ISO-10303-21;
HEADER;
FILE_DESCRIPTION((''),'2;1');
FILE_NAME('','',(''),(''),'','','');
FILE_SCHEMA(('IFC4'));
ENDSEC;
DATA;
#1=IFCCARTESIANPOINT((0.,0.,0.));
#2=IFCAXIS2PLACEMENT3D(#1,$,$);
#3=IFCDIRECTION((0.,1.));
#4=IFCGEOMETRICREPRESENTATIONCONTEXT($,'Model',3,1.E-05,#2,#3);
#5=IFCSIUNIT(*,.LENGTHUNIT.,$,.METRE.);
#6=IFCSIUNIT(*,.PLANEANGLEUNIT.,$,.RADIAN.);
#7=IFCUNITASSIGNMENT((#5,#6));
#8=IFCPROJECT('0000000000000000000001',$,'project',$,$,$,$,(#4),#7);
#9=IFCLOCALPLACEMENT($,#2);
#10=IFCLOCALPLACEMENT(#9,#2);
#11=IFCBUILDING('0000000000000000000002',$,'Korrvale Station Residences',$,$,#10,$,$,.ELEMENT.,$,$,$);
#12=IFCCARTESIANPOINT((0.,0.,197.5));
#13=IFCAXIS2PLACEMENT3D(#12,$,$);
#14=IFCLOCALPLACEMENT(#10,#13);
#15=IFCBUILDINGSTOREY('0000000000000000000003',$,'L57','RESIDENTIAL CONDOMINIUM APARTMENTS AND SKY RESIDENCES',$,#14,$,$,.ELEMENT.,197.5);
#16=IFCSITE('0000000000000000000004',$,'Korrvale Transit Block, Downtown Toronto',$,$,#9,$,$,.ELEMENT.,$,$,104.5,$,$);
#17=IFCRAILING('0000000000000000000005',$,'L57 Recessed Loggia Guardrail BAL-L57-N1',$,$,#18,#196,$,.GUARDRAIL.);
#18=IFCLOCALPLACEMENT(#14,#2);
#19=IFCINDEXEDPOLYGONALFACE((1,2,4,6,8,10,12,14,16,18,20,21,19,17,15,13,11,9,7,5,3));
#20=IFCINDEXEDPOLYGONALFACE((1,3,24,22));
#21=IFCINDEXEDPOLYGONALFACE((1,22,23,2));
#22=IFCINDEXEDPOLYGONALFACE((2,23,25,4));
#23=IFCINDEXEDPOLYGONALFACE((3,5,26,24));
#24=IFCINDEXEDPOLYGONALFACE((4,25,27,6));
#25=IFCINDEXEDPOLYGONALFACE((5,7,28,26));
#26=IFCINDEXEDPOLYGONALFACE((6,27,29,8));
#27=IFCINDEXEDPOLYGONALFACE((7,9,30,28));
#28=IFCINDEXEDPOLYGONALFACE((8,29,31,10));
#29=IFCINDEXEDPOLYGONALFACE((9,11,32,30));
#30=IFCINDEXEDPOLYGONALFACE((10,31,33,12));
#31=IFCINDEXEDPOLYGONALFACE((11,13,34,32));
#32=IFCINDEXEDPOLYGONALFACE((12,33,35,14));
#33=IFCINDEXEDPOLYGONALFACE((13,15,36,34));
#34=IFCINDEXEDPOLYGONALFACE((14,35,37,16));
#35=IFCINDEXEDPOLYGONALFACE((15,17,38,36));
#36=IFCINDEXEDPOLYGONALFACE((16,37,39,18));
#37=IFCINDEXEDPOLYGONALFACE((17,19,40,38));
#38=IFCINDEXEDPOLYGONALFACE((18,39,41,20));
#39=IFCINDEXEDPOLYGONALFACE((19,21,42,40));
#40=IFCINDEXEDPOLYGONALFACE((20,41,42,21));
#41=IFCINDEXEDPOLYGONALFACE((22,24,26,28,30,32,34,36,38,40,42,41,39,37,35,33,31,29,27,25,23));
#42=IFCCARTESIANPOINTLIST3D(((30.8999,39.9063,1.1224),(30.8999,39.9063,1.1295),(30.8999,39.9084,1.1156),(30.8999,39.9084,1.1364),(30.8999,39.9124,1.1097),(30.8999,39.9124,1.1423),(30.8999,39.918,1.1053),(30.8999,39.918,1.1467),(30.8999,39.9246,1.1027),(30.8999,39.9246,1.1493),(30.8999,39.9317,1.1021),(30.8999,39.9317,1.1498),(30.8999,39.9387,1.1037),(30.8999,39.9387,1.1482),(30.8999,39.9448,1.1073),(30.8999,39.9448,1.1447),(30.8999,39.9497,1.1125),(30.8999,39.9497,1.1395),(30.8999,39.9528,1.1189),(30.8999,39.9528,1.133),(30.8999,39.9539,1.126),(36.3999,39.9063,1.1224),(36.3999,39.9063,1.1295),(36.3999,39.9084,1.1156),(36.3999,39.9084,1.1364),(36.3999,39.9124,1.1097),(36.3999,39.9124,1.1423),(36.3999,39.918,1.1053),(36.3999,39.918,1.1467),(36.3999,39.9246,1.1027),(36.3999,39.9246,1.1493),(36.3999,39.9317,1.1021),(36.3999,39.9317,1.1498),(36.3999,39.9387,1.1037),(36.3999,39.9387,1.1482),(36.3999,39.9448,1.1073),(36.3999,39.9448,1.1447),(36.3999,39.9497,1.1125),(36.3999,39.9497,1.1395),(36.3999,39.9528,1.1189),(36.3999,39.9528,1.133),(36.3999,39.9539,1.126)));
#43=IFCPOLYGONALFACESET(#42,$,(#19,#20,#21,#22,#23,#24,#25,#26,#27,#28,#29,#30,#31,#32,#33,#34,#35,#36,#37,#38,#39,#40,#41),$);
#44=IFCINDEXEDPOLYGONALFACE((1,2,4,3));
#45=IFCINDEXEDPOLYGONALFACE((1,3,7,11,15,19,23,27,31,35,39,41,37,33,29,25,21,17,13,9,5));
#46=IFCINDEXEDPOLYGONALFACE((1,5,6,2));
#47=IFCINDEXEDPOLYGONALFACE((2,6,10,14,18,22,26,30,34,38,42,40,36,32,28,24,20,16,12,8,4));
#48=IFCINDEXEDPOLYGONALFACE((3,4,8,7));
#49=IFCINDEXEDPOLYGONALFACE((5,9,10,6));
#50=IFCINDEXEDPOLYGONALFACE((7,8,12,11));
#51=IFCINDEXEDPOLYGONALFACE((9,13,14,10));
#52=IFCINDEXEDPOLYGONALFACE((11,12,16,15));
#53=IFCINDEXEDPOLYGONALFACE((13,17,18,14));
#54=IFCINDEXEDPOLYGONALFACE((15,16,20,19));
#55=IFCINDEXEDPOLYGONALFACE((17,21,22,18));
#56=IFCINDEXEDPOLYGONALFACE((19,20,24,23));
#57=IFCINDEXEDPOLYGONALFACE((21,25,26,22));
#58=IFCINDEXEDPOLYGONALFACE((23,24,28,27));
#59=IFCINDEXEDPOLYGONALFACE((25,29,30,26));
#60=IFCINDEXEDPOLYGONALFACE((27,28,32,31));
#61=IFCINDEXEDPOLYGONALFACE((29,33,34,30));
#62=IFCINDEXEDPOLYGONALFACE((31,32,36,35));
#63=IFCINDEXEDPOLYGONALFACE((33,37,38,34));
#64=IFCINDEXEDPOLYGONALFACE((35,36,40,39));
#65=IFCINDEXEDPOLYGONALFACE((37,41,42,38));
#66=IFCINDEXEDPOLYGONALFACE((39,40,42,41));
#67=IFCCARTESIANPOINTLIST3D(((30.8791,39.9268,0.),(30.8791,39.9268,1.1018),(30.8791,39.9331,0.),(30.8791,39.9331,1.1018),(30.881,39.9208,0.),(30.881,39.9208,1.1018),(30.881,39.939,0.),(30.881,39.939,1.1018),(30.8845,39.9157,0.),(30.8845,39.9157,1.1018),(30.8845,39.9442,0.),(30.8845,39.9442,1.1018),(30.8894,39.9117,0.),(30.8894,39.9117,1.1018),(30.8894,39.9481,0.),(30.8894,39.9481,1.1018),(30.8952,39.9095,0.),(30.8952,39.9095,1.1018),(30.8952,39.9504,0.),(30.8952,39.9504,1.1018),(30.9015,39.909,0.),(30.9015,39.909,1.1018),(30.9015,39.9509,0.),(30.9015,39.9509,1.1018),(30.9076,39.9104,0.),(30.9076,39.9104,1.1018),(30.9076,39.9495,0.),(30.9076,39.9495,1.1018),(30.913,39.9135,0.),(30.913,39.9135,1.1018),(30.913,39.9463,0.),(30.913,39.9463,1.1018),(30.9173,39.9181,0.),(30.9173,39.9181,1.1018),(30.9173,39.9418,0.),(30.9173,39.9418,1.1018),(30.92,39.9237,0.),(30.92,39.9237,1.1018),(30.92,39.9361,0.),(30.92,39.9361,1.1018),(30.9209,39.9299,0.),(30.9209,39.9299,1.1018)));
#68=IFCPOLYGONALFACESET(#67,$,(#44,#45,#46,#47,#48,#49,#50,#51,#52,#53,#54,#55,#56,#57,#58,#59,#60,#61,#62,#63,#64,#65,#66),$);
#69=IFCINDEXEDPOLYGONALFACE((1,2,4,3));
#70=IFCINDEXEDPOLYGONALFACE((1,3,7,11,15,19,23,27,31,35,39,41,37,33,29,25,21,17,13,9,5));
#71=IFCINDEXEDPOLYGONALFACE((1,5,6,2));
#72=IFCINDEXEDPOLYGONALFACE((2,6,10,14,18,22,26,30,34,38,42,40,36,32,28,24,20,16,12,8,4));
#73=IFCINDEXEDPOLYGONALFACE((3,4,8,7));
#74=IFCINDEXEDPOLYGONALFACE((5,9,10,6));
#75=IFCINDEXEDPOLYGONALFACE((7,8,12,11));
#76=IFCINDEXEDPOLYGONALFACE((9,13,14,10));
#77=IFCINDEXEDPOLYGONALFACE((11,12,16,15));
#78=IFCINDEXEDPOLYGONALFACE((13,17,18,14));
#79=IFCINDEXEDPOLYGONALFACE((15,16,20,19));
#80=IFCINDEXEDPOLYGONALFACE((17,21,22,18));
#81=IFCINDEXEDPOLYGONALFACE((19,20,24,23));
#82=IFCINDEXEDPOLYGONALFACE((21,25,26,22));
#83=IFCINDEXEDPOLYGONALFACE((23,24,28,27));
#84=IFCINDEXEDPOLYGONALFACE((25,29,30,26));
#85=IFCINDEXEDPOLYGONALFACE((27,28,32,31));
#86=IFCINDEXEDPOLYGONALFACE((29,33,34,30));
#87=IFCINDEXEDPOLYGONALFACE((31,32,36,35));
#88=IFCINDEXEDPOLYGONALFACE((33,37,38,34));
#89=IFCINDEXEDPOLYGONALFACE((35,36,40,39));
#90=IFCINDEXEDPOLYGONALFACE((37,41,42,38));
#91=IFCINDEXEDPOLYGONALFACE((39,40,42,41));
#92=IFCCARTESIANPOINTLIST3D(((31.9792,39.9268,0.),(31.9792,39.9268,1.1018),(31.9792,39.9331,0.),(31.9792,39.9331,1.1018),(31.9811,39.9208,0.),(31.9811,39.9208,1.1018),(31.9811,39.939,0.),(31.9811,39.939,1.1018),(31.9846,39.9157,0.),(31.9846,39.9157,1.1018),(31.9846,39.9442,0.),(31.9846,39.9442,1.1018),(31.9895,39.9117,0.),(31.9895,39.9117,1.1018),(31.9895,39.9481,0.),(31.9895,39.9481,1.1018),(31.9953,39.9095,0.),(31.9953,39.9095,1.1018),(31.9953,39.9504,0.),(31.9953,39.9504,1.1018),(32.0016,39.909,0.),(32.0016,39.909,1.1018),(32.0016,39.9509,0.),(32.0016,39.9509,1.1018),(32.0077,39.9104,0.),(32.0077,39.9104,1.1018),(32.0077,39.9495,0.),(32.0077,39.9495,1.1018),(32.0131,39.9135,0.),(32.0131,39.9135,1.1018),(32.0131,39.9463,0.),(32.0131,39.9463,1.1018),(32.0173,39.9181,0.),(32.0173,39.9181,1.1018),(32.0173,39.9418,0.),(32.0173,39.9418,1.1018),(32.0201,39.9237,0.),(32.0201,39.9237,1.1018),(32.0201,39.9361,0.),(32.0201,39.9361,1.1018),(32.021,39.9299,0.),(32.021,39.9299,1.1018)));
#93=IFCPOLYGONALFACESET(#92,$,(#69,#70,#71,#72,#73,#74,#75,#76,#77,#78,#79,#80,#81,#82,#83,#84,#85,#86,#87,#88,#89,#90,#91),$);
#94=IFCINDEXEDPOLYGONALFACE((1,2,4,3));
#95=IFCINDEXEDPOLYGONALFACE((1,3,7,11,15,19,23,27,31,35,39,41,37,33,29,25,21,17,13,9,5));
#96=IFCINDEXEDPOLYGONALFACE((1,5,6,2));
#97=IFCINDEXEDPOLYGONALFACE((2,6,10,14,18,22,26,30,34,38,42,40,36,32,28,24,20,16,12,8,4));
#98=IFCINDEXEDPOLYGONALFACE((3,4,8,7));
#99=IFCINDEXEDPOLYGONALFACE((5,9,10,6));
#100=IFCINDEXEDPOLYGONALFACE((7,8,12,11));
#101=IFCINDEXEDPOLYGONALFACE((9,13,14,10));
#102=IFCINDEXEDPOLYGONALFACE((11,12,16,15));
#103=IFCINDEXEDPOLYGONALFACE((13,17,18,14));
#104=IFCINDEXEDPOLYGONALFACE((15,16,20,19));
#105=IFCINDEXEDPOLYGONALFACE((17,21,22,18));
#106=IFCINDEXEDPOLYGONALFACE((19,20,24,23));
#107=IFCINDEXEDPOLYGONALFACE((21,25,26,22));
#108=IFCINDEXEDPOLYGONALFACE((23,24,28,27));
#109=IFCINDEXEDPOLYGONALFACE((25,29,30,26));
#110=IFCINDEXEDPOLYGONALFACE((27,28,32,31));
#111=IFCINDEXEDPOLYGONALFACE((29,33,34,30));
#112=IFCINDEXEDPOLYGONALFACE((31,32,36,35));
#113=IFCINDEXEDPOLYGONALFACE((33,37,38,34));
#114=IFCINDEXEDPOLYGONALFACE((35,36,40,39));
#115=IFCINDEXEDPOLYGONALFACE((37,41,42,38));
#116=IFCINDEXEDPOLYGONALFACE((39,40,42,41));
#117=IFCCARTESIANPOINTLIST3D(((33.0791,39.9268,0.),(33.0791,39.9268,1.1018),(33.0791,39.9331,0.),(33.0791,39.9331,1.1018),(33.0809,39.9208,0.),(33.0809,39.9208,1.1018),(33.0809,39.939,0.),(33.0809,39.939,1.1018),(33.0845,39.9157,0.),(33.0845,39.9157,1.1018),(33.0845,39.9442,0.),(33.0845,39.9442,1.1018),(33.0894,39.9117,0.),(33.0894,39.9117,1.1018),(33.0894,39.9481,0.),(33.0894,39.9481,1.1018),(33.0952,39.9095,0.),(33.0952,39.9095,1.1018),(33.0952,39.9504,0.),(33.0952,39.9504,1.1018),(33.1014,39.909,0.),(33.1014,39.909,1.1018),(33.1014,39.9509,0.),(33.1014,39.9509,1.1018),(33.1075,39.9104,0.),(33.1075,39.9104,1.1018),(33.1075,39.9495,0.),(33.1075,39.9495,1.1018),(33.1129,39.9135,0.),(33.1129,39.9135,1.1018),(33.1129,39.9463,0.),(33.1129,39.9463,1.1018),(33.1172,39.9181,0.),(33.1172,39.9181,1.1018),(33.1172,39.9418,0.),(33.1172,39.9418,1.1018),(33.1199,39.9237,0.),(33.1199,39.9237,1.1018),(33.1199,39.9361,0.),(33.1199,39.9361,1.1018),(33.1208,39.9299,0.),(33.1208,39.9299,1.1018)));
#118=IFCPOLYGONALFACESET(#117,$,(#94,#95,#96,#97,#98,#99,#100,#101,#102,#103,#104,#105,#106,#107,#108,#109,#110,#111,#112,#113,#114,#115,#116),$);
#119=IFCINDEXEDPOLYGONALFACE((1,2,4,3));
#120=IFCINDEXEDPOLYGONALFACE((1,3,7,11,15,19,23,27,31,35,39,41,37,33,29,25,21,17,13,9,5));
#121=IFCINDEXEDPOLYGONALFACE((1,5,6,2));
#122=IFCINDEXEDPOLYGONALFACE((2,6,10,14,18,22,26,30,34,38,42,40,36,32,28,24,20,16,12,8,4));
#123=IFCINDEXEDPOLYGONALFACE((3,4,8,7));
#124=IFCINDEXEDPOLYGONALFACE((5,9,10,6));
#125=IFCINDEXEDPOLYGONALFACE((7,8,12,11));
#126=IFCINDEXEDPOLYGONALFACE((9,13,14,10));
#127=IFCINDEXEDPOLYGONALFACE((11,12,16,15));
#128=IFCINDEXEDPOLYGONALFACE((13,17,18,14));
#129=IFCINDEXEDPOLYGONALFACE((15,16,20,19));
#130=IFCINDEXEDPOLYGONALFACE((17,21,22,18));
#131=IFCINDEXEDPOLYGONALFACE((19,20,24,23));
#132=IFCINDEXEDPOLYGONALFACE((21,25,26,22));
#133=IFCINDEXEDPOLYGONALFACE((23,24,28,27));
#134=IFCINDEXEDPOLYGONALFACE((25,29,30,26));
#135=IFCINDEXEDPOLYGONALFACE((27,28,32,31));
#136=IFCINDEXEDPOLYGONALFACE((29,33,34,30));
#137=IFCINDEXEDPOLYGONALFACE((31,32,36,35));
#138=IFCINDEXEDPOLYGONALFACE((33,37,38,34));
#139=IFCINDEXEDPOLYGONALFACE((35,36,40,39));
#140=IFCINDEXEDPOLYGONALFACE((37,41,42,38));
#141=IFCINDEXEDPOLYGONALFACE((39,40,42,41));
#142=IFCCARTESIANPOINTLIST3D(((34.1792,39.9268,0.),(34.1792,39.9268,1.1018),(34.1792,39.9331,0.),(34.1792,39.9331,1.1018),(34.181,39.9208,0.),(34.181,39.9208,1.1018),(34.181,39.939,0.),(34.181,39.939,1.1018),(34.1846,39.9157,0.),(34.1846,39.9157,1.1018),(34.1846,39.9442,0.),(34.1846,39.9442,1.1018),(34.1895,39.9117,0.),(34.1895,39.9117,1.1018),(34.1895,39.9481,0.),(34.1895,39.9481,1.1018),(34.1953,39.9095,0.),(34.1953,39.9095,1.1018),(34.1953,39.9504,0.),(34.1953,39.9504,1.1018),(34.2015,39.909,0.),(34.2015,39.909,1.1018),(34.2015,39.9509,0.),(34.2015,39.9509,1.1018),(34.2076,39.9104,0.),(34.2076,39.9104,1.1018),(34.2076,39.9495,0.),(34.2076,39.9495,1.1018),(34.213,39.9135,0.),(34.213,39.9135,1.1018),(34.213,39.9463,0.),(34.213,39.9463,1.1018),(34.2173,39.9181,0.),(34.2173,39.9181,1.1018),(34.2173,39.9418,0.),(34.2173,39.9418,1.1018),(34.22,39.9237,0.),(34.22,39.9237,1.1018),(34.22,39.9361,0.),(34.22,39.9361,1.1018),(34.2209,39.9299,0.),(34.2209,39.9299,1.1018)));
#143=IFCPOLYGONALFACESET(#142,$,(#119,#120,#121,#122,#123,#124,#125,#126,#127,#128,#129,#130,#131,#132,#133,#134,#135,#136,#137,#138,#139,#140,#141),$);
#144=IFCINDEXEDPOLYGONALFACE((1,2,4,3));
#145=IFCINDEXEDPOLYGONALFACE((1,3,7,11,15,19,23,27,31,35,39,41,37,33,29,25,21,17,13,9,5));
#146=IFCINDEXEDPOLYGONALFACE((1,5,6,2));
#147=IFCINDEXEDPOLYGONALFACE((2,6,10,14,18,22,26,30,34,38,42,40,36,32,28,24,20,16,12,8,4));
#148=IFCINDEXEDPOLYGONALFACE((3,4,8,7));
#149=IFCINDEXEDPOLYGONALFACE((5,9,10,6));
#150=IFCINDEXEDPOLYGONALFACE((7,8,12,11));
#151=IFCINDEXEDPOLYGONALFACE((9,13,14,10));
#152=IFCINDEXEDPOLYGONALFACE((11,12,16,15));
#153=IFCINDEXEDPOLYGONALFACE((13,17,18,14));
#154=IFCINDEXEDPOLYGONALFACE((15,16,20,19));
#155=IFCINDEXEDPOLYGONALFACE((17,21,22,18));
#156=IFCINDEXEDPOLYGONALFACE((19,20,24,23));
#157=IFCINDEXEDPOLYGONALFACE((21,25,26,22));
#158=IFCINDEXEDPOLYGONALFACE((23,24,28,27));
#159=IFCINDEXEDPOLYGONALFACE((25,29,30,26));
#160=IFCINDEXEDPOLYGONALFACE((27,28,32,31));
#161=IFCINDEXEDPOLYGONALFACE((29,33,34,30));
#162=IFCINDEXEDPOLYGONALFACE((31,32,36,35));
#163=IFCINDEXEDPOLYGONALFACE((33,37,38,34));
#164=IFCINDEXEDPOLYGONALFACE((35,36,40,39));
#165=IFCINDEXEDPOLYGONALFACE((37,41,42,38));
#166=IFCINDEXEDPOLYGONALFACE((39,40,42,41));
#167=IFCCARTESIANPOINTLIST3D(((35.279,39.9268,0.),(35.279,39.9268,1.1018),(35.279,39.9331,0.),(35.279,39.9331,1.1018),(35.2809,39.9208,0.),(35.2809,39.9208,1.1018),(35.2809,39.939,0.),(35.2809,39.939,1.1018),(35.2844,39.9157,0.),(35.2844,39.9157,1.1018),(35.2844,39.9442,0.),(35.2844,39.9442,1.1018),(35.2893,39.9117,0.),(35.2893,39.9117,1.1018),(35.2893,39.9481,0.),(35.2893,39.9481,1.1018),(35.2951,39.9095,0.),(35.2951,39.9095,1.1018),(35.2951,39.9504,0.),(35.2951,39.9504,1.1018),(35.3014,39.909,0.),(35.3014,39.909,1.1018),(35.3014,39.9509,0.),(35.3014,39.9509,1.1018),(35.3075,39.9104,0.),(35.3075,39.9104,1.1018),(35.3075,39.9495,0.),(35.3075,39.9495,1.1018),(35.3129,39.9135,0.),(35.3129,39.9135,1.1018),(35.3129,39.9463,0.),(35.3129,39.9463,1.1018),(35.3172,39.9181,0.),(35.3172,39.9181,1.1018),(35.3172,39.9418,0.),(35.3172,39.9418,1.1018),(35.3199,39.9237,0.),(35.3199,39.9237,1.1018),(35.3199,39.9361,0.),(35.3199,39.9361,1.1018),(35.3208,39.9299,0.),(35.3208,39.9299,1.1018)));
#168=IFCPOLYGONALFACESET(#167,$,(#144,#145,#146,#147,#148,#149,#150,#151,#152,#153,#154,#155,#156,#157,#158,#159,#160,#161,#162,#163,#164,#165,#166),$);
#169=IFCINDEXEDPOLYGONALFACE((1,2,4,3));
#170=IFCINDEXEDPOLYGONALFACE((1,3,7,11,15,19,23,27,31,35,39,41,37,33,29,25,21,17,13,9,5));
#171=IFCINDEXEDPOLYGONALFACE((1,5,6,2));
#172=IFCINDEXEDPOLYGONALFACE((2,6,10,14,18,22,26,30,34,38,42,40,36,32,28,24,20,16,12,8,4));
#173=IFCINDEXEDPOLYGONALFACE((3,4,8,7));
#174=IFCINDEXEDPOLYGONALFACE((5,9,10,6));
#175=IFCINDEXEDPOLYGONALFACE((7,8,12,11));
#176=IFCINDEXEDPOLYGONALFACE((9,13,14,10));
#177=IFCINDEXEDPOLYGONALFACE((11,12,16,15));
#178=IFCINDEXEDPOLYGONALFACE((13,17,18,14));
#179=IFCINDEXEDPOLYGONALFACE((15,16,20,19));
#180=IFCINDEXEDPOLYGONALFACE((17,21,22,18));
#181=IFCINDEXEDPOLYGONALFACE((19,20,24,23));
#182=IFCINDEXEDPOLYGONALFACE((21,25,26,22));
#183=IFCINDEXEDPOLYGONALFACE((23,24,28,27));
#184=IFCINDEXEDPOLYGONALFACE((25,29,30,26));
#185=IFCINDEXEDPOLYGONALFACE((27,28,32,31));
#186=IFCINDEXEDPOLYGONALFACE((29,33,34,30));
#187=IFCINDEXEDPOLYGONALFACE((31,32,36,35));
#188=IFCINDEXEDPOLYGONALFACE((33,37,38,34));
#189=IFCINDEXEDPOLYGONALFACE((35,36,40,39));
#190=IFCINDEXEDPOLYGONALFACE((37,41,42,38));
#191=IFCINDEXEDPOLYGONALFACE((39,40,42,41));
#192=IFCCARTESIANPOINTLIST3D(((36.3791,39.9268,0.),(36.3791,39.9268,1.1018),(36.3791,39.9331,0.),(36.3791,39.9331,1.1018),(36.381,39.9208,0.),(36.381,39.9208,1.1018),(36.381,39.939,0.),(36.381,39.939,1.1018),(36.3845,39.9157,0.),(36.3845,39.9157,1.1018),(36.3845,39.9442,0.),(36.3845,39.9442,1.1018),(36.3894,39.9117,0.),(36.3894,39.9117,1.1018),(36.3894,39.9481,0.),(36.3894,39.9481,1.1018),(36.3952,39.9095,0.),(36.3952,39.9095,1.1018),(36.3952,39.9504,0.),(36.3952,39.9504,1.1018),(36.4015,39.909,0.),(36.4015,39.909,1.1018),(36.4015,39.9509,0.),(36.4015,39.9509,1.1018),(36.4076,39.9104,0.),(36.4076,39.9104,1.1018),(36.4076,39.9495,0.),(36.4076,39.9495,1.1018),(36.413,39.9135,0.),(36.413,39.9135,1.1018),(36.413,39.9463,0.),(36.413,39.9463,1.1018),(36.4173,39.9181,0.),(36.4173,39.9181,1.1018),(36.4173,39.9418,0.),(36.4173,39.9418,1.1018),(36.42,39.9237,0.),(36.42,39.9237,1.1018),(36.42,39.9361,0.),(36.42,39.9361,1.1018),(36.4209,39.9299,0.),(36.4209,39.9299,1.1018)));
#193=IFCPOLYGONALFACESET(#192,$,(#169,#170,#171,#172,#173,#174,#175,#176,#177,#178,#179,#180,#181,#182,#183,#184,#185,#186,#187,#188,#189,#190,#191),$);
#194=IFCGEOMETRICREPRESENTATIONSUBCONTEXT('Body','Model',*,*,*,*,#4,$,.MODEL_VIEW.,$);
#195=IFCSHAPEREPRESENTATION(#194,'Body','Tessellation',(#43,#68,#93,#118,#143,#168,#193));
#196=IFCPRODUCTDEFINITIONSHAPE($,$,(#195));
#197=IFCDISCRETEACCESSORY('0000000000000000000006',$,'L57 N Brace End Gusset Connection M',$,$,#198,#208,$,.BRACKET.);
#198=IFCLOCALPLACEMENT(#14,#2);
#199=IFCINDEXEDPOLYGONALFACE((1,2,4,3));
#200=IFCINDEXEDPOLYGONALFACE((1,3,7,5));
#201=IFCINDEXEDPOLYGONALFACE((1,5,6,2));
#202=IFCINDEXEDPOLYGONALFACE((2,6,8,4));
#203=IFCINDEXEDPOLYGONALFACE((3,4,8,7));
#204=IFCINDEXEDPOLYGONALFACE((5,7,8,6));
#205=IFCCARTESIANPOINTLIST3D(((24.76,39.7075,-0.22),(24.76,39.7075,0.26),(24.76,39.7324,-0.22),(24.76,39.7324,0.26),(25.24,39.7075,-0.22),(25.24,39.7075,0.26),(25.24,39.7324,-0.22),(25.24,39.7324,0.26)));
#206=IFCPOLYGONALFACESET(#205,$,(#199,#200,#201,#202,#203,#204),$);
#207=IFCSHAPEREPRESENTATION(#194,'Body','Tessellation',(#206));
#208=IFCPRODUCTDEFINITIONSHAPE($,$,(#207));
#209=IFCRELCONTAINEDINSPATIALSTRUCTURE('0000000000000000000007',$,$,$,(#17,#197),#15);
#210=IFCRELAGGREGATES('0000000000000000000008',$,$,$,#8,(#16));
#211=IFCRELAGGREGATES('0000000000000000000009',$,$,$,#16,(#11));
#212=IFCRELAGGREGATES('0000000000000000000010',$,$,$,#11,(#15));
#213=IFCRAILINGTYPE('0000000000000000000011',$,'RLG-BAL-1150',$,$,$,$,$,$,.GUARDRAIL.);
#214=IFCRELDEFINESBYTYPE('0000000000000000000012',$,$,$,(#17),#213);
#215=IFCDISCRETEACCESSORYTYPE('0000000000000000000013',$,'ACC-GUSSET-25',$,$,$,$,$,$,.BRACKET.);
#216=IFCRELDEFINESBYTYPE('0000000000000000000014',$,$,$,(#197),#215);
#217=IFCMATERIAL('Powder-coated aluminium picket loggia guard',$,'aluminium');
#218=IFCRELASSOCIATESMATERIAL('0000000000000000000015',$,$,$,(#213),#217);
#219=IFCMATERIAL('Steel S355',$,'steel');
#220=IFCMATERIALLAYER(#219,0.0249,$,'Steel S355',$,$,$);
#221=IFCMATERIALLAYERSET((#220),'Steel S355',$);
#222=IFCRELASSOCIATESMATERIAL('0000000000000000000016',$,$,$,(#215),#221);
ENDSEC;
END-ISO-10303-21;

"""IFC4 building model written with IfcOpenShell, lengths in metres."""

from ifc_helpers import new_model, si_unit, direction, frame, origin, origin_2d, place, context, subcontext, project, spatial, rectangle, circle, extrude, material, layer, layer_set, type_object, element, save


model = new_model("IFC4")

# Units and contexts
model_context = context("Model", 3, precision=1e-05, world=origin(), true_north=direction((0.0, 1.0)))
body_context = subcontext(model_context, "Body", "Model", "MODEL_VIEW")
ifc_project = project(units=[si_unit("LENGTHUNIT", "METRE"), si_unit("PLANEANGLEUNIT", "RADIAN")], contexts=[model_context])

# Site, building, storey
site_placement = place(None, origin())
site = spatial("IfcSite", under=ifc_project, at=site_placement, Name="Korrvale Transit Block, Downtown Toronto", CompositionType="ELEMENT", RefElevation=104.5)
building_placement = place(site_placement, origin())
building = spatial("IfcBuilding", under=site, at=building_placement, Name="Korrvale Station Residences", CompositionType="ELEMENT")
storey_placement = place(building_placement, frame((0.0, 0.0, 197.5)))
storey = spatial("IfcBuildingStorey", under=building, at=storey_placement, Name="L57", Description="RESIDENTIAL CONDOMINIUM APARTMENTS AND SKY RESIDENCES", CompositionType="ELEMENT", Elevation=197.5)

# Shared definitions
ifc_material_1 = material(Name="Steel S355", Category="steel")

# Railing
ifc_material_2 = material(Name="Powder-coated aluminium picket loggia guard", Category="aluminium")
railing_type = type_object("IfcRailingType", Name="RLG-BAL-1150", PredefinedType="GUARDRAIL", material=ifc_material_2)
railing_placement = place(storey_placement, frame((30.8999, 39.9299, 0.0)))
element("IfcRailing", 1, at=railing_placement, inside=storey, type_object=railing_type, Name="L57 Recessed Loggia Guardrail BAL-L57-N1", PredefinedType="GUARDRAIL", context=body_context, shape_type="SweptSolid", body=[
    extrude(circle(Radius=0.0239, at=origin_2d()), frame((0.0, 0.0, 1.126), z_axis=(1.0, 0.0, 0.0), x_axis=(0.0, 1.0, 0.0)), (0.0, 0.0, 1.0), 5.5),
    extrude(circle(Radius=0.021, at=origin_2d()), origin(), (0.0, 0.0, 1.0), 1.1018),
    extrude(circle(Radius=0.021, at=origin_2d()), frame((1.1001, 0.0, 0.0)), (0.0, 0.0, 1.0), 1.1018),
    extrude(circle(Radius=0.021, at=origin_2d()), frame((2.2, 0.0, 0.0)), (0.0, 0.0, 1.0), 1.1018),
    extrude(circle(Radius=0.021, at=origin_2d()), frame((3.3, 0.0, 0.0)), (0.0, 0.0, 1.0), 1.1018),
    extrude(circle(Radius=0.021, at=origin_2d()), frame((4.3999, 0.0, 0.0)), (0.0, 0.0, 1.0), 1.1018),
    extrude(circle(Radius=0.021, at=origin_2d()), frame((5.5, 0.0, 0.0)), (0.0, 0.0, 1.0), 1.1018),
])

# Discrete accessory
ifc_layer_1 = layer(ifc_material_1, 0.0249, Name="Steel S355")
ifc_layer_set_1 = layer_set([ifc_layer_1], Name="Steel S355")
discrete_accessory_type = type_object("IfcDiscreteAccessoryType", Name="ACC-GUSSET-25", PredefinedType="BRACKET", material=ifc_layer_set_1)
for number, where, z_axis, x_axis, name in (
    (2, (25.0, 39.72, -0.22), (0.0, 0.0, 1.0), (1.0, 0.0, 0.0), "L57 N Brace End Gusset Connection M"),
):
    element("IfcDiscreteAccessory", number, at=place(storey_placement, frame(where, z_axis=z_axis, x_axis=x_axis)), inside=storey, type_object=discrete_accessory_type, Name=name, PredefinedType="BRACKET", context=body_context, shape_type="SweptSolid", body=[
        extrude(rectangle(XDim=0.48, YDim=0.0249, at=origin_2d()), origin(), (0.0, 0.0, 1.0), 0.48),
    ])

save(model, "model.ifc")
